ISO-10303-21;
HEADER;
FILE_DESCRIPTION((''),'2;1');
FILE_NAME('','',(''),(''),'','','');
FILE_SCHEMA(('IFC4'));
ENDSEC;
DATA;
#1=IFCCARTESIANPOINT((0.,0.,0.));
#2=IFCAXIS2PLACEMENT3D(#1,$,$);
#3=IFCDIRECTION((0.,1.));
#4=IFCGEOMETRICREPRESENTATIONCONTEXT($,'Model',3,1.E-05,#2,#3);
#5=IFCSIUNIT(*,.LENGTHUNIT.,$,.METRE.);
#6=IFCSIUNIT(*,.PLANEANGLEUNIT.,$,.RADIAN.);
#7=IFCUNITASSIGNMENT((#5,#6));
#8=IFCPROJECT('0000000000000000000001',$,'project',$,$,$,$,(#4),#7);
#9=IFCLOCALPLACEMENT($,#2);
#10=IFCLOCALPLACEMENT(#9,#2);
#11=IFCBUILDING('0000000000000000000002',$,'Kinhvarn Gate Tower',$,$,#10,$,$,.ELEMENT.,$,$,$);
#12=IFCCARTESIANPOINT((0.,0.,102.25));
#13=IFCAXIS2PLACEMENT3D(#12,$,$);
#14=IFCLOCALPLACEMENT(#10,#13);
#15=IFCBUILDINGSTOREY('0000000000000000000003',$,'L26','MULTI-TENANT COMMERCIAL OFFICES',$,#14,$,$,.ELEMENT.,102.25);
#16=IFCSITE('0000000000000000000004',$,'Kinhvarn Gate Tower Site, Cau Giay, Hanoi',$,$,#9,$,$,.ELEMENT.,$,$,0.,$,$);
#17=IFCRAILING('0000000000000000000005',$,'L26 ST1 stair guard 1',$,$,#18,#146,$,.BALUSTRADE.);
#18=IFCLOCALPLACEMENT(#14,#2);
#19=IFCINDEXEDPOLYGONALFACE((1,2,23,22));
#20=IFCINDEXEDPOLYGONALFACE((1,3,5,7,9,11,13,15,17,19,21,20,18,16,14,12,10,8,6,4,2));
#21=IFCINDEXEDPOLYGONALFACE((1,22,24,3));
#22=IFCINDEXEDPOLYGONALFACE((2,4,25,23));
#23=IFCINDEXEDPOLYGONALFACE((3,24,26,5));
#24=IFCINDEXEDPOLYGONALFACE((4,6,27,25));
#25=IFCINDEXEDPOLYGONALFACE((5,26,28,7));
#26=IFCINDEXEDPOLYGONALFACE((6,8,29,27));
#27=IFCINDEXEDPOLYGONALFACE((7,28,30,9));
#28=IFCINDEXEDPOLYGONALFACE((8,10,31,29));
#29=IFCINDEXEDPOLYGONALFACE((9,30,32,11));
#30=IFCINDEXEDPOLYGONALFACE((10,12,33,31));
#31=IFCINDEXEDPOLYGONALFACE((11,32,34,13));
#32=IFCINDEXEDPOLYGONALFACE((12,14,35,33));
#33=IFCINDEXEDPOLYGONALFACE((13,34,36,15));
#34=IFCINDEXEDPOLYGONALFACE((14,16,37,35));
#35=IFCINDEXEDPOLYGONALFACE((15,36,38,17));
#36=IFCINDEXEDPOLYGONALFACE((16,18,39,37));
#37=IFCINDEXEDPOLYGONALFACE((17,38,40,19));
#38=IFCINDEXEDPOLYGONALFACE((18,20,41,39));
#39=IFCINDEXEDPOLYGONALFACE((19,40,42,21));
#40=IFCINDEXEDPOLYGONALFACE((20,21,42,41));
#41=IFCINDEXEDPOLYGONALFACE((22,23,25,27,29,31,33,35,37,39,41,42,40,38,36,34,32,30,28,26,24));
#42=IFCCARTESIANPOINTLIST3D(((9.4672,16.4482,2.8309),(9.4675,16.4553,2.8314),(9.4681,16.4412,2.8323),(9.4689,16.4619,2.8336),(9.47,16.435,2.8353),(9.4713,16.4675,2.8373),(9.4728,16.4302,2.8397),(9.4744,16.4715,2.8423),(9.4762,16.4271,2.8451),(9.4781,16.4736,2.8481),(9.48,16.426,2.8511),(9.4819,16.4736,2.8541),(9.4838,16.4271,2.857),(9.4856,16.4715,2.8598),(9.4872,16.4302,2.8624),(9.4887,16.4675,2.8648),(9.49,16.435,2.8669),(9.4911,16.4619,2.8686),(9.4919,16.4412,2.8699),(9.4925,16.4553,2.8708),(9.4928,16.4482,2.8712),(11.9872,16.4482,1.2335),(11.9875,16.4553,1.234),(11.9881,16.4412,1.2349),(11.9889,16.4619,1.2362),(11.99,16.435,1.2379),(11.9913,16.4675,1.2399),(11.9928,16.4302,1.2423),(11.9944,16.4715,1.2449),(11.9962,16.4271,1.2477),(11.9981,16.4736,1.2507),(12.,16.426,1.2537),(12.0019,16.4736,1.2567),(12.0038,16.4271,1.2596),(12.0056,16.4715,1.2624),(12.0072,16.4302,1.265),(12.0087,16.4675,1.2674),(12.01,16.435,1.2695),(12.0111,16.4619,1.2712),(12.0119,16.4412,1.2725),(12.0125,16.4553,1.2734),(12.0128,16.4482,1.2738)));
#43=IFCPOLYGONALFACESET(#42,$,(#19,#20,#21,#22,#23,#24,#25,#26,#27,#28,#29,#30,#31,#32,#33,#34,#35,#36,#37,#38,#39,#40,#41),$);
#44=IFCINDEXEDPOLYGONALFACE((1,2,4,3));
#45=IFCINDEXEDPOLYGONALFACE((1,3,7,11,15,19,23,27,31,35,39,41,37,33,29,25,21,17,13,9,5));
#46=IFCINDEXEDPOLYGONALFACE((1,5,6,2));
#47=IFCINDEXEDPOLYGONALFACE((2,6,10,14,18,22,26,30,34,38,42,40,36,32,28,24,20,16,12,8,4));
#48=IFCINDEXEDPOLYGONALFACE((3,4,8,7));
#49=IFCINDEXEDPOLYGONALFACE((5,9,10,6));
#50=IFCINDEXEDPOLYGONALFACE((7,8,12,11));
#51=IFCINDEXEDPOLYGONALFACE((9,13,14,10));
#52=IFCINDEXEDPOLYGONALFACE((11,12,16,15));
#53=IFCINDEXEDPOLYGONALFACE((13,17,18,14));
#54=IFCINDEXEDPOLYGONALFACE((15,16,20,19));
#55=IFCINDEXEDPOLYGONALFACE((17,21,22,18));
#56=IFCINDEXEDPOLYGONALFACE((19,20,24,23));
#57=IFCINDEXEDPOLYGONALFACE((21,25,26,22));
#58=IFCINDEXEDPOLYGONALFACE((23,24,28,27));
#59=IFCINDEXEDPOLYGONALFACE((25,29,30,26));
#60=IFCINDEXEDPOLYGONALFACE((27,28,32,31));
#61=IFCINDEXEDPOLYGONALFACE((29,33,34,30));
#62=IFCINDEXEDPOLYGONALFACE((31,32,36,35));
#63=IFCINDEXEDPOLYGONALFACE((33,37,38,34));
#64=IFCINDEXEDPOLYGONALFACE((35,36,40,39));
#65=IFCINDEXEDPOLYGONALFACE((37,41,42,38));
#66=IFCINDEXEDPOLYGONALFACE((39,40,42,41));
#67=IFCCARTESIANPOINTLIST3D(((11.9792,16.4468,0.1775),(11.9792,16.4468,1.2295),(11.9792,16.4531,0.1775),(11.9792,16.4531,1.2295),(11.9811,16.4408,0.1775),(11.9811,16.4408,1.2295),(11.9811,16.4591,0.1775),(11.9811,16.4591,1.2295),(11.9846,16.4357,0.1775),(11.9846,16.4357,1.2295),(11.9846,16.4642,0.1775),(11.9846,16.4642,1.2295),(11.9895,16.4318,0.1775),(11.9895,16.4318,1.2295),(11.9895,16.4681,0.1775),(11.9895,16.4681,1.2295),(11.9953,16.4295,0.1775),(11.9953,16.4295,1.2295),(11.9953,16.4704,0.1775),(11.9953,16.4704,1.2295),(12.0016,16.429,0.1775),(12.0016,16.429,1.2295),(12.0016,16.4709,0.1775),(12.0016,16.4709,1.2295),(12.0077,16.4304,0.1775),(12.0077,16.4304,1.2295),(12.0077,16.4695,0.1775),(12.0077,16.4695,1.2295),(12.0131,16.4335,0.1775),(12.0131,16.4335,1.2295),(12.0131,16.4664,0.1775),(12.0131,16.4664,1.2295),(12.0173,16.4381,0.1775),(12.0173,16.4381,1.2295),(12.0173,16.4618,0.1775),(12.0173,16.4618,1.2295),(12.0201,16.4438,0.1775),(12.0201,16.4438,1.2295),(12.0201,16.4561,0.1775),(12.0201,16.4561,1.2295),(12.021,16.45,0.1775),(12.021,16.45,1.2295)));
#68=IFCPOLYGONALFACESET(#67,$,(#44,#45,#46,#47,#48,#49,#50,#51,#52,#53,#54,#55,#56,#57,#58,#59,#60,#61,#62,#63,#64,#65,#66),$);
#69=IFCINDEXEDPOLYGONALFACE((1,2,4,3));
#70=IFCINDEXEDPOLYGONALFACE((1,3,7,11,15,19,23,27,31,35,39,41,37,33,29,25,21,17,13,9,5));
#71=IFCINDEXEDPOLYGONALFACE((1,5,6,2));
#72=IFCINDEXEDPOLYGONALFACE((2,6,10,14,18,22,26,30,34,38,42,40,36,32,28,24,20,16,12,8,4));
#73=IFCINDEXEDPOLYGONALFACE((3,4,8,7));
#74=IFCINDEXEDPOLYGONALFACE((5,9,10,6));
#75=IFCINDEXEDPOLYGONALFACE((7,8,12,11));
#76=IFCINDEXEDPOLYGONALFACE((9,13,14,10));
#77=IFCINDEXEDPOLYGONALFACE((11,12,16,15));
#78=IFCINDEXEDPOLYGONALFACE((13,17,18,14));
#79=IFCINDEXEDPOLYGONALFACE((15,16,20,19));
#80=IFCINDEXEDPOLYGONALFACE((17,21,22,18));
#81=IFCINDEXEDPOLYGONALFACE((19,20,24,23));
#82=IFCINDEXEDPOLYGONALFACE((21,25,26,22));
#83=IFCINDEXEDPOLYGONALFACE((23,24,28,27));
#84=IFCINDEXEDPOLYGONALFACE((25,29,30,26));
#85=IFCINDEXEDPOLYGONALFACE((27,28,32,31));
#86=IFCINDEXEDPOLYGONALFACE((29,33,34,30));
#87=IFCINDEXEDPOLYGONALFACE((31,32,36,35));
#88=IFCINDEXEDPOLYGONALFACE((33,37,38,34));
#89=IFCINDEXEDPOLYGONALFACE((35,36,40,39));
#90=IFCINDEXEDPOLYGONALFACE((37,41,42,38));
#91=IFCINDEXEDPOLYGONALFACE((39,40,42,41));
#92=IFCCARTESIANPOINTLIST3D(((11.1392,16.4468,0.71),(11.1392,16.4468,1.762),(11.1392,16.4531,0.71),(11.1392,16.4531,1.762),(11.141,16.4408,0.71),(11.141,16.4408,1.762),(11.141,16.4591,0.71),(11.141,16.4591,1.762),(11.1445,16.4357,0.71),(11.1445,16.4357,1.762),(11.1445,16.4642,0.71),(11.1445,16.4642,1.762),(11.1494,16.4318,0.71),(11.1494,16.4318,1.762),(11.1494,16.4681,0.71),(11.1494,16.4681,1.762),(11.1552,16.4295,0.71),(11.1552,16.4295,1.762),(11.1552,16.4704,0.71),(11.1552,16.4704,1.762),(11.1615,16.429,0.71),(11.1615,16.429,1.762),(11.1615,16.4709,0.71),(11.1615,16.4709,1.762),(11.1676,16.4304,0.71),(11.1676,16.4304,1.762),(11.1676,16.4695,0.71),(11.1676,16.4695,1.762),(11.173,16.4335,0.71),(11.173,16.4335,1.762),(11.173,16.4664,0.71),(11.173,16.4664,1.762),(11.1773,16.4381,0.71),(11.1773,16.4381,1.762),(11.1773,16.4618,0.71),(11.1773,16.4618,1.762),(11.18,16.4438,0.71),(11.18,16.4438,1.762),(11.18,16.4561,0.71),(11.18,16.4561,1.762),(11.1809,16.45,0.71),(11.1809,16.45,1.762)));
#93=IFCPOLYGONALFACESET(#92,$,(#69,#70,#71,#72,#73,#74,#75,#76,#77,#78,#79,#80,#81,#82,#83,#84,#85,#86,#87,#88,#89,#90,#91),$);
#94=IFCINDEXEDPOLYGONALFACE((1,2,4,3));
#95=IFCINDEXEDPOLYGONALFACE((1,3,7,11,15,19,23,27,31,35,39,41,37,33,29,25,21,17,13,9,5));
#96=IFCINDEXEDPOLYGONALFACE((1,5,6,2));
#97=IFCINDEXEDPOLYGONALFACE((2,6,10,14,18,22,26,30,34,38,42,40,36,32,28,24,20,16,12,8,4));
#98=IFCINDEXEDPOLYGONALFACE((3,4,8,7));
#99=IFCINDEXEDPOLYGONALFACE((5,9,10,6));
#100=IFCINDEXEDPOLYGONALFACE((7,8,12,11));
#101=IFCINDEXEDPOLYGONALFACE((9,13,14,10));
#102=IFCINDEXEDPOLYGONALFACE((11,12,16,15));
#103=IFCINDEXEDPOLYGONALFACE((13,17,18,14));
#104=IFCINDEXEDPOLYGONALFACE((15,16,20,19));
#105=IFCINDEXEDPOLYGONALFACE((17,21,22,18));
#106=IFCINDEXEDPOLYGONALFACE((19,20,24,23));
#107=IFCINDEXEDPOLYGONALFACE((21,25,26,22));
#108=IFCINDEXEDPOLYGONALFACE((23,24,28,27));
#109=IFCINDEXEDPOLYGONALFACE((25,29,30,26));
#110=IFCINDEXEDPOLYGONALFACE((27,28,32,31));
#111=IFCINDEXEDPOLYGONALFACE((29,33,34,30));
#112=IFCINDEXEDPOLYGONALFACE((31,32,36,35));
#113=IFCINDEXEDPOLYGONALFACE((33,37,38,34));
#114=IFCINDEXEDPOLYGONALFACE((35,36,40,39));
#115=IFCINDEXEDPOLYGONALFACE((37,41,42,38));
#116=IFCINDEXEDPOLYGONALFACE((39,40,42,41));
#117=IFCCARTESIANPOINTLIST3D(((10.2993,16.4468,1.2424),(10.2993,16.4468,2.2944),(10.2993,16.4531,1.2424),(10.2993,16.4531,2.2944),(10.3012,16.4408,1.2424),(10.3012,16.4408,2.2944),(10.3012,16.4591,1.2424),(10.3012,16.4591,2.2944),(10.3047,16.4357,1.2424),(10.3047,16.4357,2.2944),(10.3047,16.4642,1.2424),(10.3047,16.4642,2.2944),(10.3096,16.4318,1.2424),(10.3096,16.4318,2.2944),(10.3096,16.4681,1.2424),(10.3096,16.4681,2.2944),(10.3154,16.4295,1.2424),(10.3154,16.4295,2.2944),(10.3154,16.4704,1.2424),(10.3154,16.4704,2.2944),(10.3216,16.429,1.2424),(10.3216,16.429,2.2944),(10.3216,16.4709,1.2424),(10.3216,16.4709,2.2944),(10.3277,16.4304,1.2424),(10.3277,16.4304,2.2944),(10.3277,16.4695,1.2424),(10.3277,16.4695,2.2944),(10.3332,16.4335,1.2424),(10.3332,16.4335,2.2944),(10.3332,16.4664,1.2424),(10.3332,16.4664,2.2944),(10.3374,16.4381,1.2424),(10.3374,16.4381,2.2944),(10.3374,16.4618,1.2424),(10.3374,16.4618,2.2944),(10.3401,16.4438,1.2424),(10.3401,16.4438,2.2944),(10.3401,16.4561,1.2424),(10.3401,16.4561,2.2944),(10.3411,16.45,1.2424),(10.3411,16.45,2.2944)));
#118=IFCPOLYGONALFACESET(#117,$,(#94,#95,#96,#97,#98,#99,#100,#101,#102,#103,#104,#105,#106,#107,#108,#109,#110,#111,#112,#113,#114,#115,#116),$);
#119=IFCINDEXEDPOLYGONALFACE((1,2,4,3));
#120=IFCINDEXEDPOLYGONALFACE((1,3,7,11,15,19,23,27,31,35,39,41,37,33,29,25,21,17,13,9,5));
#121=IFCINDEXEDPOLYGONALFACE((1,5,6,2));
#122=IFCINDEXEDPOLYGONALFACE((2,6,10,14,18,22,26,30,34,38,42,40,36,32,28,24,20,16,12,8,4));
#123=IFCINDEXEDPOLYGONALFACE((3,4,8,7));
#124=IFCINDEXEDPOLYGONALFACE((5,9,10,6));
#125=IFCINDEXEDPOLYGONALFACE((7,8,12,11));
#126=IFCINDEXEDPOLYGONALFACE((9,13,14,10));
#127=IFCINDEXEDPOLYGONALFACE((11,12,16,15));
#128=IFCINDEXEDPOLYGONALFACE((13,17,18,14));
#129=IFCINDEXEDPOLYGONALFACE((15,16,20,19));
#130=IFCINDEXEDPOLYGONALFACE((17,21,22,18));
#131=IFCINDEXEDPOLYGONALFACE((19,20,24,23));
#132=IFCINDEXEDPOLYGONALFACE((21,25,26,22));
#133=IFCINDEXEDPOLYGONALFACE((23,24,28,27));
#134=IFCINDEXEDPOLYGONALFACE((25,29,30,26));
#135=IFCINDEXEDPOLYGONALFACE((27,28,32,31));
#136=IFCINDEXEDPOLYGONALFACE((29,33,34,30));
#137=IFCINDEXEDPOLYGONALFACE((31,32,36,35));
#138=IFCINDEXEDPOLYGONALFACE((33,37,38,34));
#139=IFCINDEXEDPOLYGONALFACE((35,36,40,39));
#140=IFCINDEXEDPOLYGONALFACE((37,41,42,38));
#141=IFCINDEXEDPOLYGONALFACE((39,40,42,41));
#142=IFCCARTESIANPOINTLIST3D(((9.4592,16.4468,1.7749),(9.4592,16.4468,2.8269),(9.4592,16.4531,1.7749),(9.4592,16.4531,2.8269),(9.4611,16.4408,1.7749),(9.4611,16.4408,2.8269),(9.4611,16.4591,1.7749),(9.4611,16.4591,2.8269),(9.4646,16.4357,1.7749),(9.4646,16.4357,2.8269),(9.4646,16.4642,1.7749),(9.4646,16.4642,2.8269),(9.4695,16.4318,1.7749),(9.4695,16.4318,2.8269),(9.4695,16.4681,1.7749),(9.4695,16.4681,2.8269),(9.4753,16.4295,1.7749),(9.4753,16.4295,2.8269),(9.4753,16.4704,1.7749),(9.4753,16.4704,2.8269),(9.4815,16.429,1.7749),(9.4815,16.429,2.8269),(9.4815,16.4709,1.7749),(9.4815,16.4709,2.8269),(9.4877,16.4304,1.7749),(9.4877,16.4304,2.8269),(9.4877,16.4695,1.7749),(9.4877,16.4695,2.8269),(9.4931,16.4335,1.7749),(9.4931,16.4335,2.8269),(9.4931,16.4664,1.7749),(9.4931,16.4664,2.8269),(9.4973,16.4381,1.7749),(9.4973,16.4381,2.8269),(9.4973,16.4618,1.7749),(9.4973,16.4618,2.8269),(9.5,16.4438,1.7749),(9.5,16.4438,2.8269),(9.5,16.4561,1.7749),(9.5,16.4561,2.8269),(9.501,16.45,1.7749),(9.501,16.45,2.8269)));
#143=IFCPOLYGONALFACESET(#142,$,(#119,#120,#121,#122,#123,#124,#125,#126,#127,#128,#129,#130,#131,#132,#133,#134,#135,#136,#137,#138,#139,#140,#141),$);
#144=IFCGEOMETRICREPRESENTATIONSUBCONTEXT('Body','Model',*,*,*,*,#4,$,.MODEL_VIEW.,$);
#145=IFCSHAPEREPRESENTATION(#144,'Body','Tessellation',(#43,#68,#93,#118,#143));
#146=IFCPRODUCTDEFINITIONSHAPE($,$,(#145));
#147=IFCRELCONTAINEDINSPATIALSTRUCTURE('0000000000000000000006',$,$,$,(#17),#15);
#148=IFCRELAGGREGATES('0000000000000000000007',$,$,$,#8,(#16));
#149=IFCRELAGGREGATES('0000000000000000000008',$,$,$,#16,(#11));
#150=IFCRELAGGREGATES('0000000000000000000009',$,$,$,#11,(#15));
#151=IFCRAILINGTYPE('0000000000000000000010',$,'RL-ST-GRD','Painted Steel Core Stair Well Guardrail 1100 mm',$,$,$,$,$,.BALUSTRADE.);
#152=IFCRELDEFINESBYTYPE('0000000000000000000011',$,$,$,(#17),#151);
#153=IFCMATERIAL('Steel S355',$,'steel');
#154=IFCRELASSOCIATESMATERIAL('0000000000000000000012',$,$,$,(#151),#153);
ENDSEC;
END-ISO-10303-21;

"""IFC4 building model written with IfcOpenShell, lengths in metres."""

from ifc_helpers import new_model, si_unit, direction, frame, origin, origin_2d, place, context, subcontext, project, spatial, circle, extrude, material, type_object, element, save


model = new_model("IFC4")

# Units and contexts
model_context = context("Model", 3, precision=1e-05, world=origin(), true_north=direction((0.0, 1.0)))
body_context = subcontext(model_context, "Body", "Model", "MODEL_VIEW")
ifc_project = project(units=[si_unit("LENGTHUNIT", "METRE"), si_unit("PLANEANGLEUNIT", "RADIAN")], contexts=[model_context])

# Site, building, storey
site_placement = place(None, origin())
site = spatial("IfcSite", under=ifc_project, at=site_placement, Name="Kinhvarn Gate Tower Site, Cau Giay, Hanoi", CompositionType="ELEMENT", RefElevation=0.0)
building_placement = place(site_placement, origin())
building = spatial("IfcBuilding", under=site, at=building_placement, Name="Kinhvarn Gate Tower", CompositionType="ELEMENT")
storey_placement = place(building_placement, frame((0.0, 0.0, 102.25)))
storey = spatial("IfcBuildingStorey", under=building, at=storey_placement, Name="L26", Description="MULTI-TENANT COMMERCIAL OFFICES", CompositionType="ELEMENT", Elevation=102.25)

# Shared definitions
ifc_material_1 = material(Name="Steel S355", Category="steel")

# Railing
railing_type_1 = type_object("IfcRailingType", Name="RL-ST-GRD", Description="Painted Steel Core Stair Well Guardrail 1100 mm", PredefinedType="BALUSTRADE", material=ifc_material_1)
railing_1_placement = place(storey_placement, frame((12.0, 16.45, 0.1775)))
element("IfcRailing", 1, at=railing_1_placement, inside=storey, type_object=railing_type_1, Name="L26 ST1 stair guard 1", PredefinedType="BALUSTRADE", context=body_context, shape_type="SweptSolid", body=[
    extrude(circle(Radius=0.0239, at=origin_2d()), frame((0.0, 0.0, 1.0762), z_axis=(-0.844607, 0.0, 0.535387), x_axis=(0.0, -1.0, 0.0)), (0.0, 0.0, 1.0), 2.9836),
    extrude(circle(Radius=0.021, at=origin_2d()), origin(), (0.0, 0.0, 1.0), 1.052),
    extrude(circle(Radius=0.021, at=origin_2d()), frame((-0.8401, 0.0, 0.5325)), (0.0, 0.0, 1.0), 1.052),
    extrude(circle(Radius=0.021, at=origin_2d()), frame((-1.6799, 0.0, 1.0649)), (0.0, 0.0, 1.0), 1.052),
    extrude(circle(Radius=0.021, at=origin_2d()), frame((-2.52, 0.0, 1.5974)), (0.0, 0.0, 1.0), 1.052),
])

save(model, "model.ifc")
